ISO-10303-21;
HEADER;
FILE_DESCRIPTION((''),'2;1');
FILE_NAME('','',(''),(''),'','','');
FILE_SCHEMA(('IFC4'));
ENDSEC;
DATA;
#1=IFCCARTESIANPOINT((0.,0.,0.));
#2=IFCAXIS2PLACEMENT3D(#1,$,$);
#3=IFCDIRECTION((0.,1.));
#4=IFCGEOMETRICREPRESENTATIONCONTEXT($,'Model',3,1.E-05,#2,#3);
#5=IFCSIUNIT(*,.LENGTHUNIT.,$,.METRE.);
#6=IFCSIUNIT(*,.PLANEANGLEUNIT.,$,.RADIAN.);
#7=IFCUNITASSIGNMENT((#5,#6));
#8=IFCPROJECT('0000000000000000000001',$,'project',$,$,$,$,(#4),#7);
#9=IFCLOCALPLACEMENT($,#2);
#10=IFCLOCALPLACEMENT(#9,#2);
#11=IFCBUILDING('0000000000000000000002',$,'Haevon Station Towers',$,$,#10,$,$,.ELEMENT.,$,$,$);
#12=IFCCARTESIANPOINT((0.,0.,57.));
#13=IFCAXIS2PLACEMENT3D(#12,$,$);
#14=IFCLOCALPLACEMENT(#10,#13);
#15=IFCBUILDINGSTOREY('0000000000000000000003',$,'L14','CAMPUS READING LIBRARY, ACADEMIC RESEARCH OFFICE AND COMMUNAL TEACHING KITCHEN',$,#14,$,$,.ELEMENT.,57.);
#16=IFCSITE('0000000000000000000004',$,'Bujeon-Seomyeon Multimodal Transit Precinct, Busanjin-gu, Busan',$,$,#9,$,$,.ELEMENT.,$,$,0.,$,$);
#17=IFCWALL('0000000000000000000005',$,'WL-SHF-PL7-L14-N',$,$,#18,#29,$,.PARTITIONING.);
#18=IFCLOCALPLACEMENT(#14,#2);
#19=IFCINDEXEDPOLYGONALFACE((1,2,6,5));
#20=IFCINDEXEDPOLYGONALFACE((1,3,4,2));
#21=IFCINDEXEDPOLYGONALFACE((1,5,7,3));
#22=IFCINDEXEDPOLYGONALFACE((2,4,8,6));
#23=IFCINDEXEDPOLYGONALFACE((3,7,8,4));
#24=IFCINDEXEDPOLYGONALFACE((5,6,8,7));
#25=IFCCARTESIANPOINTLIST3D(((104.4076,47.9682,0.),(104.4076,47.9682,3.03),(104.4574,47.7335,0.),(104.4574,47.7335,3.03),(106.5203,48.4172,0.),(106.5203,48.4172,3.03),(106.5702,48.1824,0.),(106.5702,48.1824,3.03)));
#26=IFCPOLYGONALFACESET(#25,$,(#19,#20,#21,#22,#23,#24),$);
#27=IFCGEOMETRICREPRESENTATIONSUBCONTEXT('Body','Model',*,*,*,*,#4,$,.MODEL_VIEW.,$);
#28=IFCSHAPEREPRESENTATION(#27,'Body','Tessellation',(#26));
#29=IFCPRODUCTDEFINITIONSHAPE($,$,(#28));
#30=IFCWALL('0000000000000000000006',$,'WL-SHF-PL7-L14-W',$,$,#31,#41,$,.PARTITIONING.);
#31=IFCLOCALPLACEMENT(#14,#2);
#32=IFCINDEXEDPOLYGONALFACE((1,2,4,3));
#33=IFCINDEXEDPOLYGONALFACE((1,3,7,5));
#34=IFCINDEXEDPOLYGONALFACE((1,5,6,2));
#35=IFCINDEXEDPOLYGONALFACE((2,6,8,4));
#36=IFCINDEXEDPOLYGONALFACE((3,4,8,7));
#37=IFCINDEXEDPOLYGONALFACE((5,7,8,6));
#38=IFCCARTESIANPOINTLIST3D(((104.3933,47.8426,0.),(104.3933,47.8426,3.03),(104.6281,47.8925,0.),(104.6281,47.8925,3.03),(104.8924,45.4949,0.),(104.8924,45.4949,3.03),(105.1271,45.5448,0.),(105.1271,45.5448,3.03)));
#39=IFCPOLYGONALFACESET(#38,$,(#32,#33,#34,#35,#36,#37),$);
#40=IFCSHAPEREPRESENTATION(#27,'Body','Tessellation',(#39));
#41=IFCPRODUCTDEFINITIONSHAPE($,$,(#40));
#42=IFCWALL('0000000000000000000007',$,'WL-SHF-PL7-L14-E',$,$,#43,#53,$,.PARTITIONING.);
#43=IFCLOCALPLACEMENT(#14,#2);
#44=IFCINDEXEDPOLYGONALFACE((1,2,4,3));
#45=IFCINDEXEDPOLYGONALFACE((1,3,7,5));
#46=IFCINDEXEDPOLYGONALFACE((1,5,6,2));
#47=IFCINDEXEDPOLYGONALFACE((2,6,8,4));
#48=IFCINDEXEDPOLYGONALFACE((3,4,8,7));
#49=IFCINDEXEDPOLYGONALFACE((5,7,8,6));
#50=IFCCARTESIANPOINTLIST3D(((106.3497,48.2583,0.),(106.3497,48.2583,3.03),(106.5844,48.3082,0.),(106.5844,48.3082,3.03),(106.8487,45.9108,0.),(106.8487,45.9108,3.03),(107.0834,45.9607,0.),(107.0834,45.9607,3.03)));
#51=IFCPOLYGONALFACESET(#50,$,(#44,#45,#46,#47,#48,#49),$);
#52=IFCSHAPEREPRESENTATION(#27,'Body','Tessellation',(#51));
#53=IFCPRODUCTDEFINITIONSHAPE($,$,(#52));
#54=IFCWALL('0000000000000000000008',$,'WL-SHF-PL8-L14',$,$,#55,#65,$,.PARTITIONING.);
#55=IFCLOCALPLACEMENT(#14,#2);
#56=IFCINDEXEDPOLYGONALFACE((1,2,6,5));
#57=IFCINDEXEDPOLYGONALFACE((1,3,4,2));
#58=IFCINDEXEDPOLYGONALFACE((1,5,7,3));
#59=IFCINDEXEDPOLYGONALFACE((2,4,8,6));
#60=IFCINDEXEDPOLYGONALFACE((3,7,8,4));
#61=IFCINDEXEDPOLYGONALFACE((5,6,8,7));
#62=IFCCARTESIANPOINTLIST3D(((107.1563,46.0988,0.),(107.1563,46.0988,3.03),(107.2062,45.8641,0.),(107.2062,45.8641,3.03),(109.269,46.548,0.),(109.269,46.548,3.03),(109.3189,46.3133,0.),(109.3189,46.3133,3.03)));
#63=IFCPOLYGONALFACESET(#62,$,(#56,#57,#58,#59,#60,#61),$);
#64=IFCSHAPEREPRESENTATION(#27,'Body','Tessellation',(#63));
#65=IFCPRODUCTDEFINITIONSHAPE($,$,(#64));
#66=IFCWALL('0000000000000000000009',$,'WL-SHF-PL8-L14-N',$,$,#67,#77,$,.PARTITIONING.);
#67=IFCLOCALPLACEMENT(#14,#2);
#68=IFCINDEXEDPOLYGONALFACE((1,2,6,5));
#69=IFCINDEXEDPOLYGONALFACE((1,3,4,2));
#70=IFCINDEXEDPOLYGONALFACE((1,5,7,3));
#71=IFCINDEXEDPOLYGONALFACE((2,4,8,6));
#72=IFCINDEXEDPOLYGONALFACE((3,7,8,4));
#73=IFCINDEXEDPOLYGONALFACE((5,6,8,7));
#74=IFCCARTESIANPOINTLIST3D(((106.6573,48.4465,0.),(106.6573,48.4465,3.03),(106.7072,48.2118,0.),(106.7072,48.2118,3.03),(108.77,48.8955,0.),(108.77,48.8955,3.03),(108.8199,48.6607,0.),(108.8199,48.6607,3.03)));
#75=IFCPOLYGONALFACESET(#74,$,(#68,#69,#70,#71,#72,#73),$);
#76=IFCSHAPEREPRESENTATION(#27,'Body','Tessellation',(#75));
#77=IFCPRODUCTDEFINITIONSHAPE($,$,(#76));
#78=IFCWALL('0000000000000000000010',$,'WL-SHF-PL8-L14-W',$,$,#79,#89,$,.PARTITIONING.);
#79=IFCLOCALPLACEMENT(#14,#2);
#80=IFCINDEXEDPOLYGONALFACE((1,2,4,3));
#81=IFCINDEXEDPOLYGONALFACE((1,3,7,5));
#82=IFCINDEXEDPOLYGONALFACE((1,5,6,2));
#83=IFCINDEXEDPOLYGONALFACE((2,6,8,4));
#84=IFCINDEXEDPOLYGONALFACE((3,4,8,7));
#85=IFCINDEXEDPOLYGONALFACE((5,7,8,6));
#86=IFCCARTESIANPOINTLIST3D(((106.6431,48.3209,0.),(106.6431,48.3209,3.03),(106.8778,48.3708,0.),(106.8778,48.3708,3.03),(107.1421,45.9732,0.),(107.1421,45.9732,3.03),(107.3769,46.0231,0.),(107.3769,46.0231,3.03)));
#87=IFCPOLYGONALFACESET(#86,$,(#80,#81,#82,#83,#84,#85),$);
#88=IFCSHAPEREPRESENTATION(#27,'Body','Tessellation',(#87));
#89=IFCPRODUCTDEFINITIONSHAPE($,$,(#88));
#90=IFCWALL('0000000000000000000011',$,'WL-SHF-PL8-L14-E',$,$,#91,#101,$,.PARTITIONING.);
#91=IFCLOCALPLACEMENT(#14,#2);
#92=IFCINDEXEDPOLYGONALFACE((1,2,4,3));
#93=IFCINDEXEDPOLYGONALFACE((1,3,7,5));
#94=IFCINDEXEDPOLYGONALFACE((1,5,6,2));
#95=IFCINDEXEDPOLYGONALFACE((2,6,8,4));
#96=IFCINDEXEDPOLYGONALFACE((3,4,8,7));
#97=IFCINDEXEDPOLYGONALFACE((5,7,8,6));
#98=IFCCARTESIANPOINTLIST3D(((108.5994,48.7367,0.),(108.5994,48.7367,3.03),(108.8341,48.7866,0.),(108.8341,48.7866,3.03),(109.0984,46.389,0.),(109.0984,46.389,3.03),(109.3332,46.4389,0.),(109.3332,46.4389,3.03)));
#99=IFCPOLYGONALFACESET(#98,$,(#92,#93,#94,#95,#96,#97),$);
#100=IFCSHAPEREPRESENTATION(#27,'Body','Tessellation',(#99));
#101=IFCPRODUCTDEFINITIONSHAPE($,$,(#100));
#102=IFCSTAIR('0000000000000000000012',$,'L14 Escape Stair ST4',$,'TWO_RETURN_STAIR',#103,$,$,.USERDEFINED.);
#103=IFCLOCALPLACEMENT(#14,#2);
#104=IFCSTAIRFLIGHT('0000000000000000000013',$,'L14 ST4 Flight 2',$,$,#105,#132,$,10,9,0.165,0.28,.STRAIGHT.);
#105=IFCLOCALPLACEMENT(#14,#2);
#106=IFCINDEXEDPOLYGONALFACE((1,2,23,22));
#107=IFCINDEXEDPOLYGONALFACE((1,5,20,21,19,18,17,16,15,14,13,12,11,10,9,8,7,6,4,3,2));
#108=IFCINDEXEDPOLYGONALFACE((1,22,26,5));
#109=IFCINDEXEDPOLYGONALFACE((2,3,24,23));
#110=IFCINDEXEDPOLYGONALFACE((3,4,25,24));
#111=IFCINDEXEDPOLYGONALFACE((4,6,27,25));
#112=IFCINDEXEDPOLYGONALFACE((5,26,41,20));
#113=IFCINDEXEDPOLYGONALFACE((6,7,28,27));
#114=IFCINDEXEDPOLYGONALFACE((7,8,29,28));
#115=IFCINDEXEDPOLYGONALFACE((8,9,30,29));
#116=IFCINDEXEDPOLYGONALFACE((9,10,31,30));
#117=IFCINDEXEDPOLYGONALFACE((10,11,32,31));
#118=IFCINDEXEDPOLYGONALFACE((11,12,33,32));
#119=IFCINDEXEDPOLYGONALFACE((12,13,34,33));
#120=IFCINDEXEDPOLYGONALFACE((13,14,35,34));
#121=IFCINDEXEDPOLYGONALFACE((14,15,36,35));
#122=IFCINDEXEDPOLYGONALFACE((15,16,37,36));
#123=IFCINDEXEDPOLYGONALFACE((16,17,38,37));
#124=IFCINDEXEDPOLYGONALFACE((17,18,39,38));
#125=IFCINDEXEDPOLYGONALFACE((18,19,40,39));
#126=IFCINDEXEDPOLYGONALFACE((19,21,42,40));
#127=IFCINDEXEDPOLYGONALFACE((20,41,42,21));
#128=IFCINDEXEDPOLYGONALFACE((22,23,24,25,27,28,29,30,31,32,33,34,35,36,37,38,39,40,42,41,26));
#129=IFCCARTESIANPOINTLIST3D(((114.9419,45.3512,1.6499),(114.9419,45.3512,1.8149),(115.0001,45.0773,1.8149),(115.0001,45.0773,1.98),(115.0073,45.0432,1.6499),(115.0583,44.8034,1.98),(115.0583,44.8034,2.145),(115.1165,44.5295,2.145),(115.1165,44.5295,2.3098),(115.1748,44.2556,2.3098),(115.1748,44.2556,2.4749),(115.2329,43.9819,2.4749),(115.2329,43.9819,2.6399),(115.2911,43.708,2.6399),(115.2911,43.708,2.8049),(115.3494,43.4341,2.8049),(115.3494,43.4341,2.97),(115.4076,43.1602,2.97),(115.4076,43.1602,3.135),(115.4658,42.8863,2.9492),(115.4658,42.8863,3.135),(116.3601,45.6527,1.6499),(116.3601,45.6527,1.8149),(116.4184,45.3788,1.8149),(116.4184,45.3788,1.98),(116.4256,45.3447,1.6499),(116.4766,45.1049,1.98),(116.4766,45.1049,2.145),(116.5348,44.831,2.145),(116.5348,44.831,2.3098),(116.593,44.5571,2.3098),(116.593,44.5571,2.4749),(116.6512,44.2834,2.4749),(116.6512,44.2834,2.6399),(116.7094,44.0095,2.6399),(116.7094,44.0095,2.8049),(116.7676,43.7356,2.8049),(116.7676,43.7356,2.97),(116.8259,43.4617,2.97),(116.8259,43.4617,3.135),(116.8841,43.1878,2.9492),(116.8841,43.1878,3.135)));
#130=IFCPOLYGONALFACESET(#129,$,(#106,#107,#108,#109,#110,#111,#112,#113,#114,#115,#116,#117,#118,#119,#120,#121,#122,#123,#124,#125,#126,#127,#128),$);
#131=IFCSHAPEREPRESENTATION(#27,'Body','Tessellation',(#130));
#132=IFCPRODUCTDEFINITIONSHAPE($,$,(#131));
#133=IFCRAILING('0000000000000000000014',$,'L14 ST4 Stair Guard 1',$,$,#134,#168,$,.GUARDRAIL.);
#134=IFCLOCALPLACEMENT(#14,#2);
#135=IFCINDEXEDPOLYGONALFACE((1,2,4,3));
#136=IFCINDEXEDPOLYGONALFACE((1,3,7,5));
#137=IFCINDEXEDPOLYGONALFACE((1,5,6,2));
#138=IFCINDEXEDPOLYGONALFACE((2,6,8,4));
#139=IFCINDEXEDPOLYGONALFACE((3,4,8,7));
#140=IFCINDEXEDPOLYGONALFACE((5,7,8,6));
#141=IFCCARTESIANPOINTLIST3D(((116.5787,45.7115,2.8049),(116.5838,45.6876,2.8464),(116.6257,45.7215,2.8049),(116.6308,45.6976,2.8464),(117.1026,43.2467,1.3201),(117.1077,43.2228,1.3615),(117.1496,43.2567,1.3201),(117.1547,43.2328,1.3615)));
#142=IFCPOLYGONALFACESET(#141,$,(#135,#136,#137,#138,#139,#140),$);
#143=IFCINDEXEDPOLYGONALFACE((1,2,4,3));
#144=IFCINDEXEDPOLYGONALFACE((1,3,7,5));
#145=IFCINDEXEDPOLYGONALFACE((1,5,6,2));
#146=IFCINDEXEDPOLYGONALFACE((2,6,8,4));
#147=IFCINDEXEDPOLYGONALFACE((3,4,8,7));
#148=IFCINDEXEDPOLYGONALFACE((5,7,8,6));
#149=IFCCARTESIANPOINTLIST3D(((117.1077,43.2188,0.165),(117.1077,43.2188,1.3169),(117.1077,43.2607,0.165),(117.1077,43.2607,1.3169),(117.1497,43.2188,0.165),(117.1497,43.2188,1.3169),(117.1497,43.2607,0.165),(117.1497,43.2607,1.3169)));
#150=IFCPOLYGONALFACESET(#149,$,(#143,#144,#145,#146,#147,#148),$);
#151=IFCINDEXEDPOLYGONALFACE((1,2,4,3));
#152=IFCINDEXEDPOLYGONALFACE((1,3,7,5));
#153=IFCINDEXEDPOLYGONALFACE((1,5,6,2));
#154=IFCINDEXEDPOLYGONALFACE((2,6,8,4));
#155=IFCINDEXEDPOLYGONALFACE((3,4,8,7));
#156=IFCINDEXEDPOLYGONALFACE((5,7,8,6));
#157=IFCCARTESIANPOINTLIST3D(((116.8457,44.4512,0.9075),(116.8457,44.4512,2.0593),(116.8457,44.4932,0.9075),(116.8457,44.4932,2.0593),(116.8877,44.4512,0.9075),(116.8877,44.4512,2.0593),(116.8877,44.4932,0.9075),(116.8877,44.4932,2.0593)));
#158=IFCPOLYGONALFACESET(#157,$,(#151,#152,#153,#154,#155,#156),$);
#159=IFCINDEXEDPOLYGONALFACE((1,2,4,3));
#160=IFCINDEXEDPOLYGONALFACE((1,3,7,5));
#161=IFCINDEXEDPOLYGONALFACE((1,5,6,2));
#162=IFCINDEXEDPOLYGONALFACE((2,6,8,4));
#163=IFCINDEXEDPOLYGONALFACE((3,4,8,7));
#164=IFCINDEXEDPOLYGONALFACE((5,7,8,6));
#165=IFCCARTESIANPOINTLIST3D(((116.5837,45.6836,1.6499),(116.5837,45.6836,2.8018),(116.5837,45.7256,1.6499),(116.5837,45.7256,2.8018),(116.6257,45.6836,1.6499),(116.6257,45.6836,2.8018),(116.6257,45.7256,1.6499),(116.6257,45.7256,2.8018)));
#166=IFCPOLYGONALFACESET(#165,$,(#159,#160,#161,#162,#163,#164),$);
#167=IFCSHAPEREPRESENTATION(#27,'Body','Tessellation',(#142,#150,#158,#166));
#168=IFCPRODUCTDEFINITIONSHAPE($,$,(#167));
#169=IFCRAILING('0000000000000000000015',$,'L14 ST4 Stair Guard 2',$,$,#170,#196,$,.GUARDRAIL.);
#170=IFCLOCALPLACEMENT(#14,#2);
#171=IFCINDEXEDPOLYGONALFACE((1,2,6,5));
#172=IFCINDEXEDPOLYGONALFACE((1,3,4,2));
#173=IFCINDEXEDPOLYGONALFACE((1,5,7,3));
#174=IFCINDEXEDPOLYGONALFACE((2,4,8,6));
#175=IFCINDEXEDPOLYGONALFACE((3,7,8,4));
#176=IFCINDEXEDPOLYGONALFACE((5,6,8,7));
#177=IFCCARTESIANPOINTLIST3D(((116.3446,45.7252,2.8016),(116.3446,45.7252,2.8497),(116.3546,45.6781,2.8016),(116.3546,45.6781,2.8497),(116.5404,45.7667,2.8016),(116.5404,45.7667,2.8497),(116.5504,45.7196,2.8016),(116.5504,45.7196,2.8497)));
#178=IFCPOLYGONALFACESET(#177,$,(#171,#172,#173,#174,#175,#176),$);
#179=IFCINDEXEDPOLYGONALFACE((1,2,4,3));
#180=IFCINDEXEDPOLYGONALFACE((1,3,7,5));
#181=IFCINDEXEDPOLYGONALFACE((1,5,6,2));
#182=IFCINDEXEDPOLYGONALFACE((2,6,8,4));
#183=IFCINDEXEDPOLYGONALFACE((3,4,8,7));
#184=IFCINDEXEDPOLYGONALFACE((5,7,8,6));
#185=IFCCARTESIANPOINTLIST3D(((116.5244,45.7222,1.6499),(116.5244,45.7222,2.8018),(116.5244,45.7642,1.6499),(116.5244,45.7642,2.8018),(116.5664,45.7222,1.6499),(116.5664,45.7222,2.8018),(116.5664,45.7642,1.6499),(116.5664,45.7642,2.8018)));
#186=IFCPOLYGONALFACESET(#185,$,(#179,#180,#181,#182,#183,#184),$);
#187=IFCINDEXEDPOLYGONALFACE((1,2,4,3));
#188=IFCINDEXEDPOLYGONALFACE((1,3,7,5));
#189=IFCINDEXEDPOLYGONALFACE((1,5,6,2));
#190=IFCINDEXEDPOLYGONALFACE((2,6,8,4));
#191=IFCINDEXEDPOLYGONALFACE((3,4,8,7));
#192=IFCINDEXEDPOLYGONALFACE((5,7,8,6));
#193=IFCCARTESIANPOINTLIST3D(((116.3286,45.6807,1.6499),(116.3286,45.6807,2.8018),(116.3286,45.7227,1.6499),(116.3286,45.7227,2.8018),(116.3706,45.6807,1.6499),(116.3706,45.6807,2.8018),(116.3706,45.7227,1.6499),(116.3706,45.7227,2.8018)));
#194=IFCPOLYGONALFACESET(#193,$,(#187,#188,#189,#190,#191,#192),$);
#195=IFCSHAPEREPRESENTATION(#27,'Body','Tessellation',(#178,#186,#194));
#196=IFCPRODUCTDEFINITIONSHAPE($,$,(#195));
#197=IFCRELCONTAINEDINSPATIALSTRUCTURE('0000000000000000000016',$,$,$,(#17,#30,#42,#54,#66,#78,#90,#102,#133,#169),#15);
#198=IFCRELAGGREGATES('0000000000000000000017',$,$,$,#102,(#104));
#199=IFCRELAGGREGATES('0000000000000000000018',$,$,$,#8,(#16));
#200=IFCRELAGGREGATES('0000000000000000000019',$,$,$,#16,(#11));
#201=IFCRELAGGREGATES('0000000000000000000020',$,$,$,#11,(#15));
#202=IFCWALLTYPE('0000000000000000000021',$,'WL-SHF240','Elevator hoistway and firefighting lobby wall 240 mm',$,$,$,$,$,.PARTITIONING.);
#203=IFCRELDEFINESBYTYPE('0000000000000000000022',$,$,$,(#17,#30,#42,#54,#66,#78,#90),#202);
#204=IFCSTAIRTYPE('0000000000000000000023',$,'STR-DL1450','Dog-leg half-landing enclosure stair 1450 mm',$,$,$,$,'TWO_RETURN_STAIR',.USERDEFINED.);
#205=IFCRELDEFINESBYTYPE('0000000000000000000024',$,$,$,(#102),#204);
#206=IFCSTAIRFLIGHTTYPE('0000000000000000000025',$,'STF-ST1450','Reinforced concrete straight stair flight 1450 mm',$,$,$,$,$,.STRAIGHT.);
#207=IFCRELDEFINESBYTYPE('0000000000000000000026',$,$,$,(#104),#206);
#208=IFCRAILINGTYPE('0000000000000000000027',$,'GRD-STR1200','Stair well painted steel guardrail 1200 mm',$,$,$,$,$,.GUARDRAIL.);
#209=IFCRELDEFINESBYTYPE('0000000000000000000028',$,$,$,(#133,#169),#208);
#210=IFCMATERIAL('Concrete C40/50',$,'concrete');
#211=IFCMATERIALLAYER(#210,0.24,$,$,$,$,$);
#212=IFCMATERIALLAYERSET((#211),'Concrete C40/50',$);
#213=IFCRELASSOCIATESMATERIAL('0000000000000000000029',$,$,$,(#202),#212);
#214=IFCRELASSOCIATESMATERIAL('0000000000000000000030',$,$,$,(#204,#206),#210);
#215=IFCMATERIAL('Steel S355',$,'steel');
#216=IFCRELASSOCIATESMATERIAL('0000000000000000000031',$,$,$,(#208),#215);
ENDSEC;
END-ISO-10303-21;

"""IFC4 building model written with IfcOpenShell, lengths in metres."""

from ifc_helpers import new_model, si_unit, direction, frame, frame_2d, origin, origin_2d, place, context, subcontext, project, spatial, polyline, rectangle, outline, extrude, material, layer, layer_set, type_object, element, aggregate, save


model = new_model("IFC4")

# Units and contexts
model_context = context("Model", 3, precision=1e-05, world=origin(), true_north=direction((0.0, 1.0)))
body_context = subcontext(model_context, "Body", "Model", "MODEL_VIEW")
ifc_project = project(units=[si_unit("LENGTHUNIT", "METRE"), si_unit("PLANEANGLEUNIT", "RADIAN")], contexts=[model_context])

# Site, building, storey
site_placement = place(None, origin())
site = spatial("IfcSite", under=ifc_project, at=site_placement, Name="Bujeon-Seomyeon Multimodal Transit Precinct, Busanjin-gu, Busan", CompositionType="ELEMENT", RefElevation=0.0)
building_placement = place(site_placement, origin())
building = spatial("IfcBuilding", under=site, at=building_placement, Name="Haevon Station Towers", CompositionType="ELEMENT")
storey_placement = place(building_placement, frame((0.0, 0.0, 57.0)))
storey = spatial("IfcBuildingStorey", under=building, at=storey_placement, Name="L14", Description="CAMPUS READING LIBRARY, ACADEMIC RESEARCH OFFICE AND COMMUNAL TEACHING KITCHEN", CompositionType="ELEMENT", Elevation=57.0)

# Shared definitions
ifc_material_1 = material(Name="Concrete C40/50", Category="concrete")
ifc_layer_1 = layer(ifc_material_1, 0.24)
ifc_layer_set_1 = layer_set([ifc_layer_1], Name="Concrete C40/50")
wall_type_1 = type_object("IfcWallType", Name="WL-SHF240", Description="Elevator hoistway and firefighting lobby wall 240 mm", PredefinedType="PARTITIONING", material=ifc_layer_set_1)

# Walls
wall_1_placement = place(storey_placement, frame((104.4324, 47.8508, 0.0), z_axis=(0.0, 0.0, 1.0), x_axis=(0.978158, 0.207861, 0.0)))
element("IfcWall", 1, at=wall_1_placement, inside=storey, type_object=wall_type_1, Name="WL-SHF-PL7-L14-N", PredefinedType="PARTITIONING", context=body_context, shape_type="SweptSolid", body=[
    extrude(rectangle(XDim=2.1599, YDim=0.24, at=frame_2d((1.0801, 0.0))), origin(), (0.0, 0.0, 1.0), 3.03),
])
wall_2_placement = place(storey_placement, frame((105.0098, 45.5198, 0.0), z_axis=(0.0, 0.0, 1.0), x_axis=(-0.207917, 0.978146, 0.0)))
element("IfcWall", 2, at=wall_2_placement, inside=storey, type_object=wall_type_1, Name="WL-SHF-PL7-L14-W", PredefinedType="PARTITIONING", context=body_context, shape_type="SweptSolid", body=[
    extrude(rectangle(XDim=2.4001, YDim=0.24, at=frame_2d((1.2002, 0.0))), origin(), (0.0, 0.0, 1.0), 3.03),
])
wall_3_placement = place(storey_placement, frame((106.9661, 45.9358, 0.0), z_axis=(0.0, 0.0, 1.0), x_axis=(-0.207938, 0.978142, 0.0)))
element("IfcWall", 3, at=wall_3_placement, inside=storey, type_object=wall_type_1, Name="WL-SHF-PL7-L14-E", PredefinedType="PARTITIONING", context=body_context, shape_type="SweptSolid", body=[
    extrude(rectangle(XDim=2.3999, YDim=0.24, at=frame_2d((1.2, 0.0))), origin(), (0.0, 0.0, 1.0), 3.03),
])
for number, where, z_axis, x_axis, name in (
    (4, (107.1812, 45.9814, 0.0), (0.0, 0.0, 1.0), (0.978135, 0.20797, 0.0), "WL-SHF-PL8-L14"),
    (5, (106.6821, 48.3291, 0.0), (0.0, 0.0, 1.0), (0.978158, 0.207861, 0.0), "WL-SHF-PL8-L14-N"),
):
    element("IfcWall", number, at=place(storey_placement, frame(where, z_axis=z_axis, x_axis=x_axis)), inside=storey, type_object=wall_type_1, Name=name, PredefinedType="PARTITIONING", context=body_context, shape_type="SweptSolid", body=[
        extrude(rectangle(XDim=2.1599, YDim=0.24, at=frame_2d((1.0801, 0.0))), origin(), (0.0, 0.0, 1.0), 3.03),
    ])
for number, where, z_axis, x_axis, name in (
    (6, (107.2595, 45.998, 0.0), (0.0, 0.0, 1.0), (-0.207917, 0.978146, 0.0), "WL-SHF-PL8-L14-W"),
    (7, (109.2158, 46.4138, 0.0), (0.0, 0.0, 1.0), (-0.207917, 0.978146, 0.0), "WL-SHF-PL8-L14-E"),
):
    element("IfcWall", number, at=place(storey_placement, frame(where, z_axis=z_axis, x_axis=x_axis)), inside=storey, type_object=wall_type_1, Name=name, PredefinedType="PARTITIONING", context=body_context, shape_type="SweptSolid", body=[
        extrude(rectangle(XDim=2.4001, YDim=0.24, at=frame_2d((1.2002, 0.0))), origin(), (0.0, 0.0, 1.0), 3.03),
    ])

# Stair, stair flight
stair_type = type_object("IfcStairType", Name="STR-DL1450", Description="Dog-leg half-landing enclosure stair 1450 mm", ElementType="TWO_RETURN_STAIR", PredefinedType="USERDEFINED", material=ifc_material_1)
stair_placement = place(storey_placement, origin())
stair = element("IfcStair", 8, at=stair_placement, inside=storey, type_object=stair_type, Name="L14 Escape Stair ST4", ObjectType="TWO_RETURN_STAIR", PredefinedType="USERDEFINED")
stair_flight_type = type_object("IfcStairFlightType", Name="STF-ST1450", Description="Reinforced concrete straight stair flight 1450 mm", PredefinedType="STRAIGHT", material=ifc_material_1)
stair_flight_placement = place(storey_placement, frame((115.6509, 45.502, 1.6499), z_axis=(0.0, 0.0, 1.0), x_axis=(0.207912, -0.978148, 0.0)))
stair_flight = element("IfcStairFlight", 9, at=stair_flight_placement, type_object=stair_flight_type, Name="L14 ST4 Flight 2", NumberOfRisers=10, NumberOfTreads=9, PredefinedType="STRAIGHT", RiserHeight=0.165, TreadLength=0.28, context=body_context, shape_type="SweptSolid", body=[
    extrude(outline(polyline([(0.0, 0.0), (0.0, 0.165), (0.28, 0.165), (0.28, 0.3301), (0.5601, 0.3301), (0.5601, 0.4951), (0.8401, 0.4951), (0.8401, 0.6599), (1.1201, 0.6599), (1.1201, 0.825), (1.3999, 0.825), (1.3999, 0.99), (1.6799, 0.99), (1.6799, 1.155), (1.96, 1.155), (1.96, 1.3201), (2.24, 1.3201), (2.24, 1.4851), (2.52, 1.4851), (2.52, 1.6499), (2.52, 1.2993), (0.3149, 0.0), (0.0, 0.0)])), frame((0.0, 0.7251, 0.0), z_axis=(0.0, -1.0, 0.0), x_axis=(1.0, 0.0, 0.0)), (0.0, 0.0, 1.0), 1.45),
])
aggregate(stair, [stair_flight])

# Railings
ifc_material_2 = material(Name="Steel S355", Category="steel")
railing_type_1 = type_object("IfcRailingType", Name="GRD-STR1200", Description="Stair well painted steel guardrail 1200 mm", PredefinedType="GUARDRAIL", material=ifc_material_2)
railing_1_placement = place(storey_placement, frame((117.1287, 43.2397, 0.165)))
element("IfcRailing", 10, at=railing_1_placement, inside=storey, type_object=railing_type_1, Name="L14 ST4 Stair Guard 1", PredefinedType="GUARDRAIL", context=body_context, shape_type="SweptSolid", body=[
    extrude(rectangle(XDim=0.0481, YDim=0.0481, at=origin_2d()), frame((0.0, 0.0, 1.1758), z_axis=(-0.179129, 0.842724, 0.507671), x_axis=(-0.978147, -0.207914, 0.0)), (0.0, 0.0, 1.0), 2.9248),
    extrude(rectangle(XDim=0.042, YDim=0.042, at=origin_2d()), origin(), (0.0, 0.0, 1.0), 1.1519),
    extrude(rectangle(XDim=0.042, YDim=0.042, at=origin_2d()), frame((-0.262, 1.2324, 0.7424)), (0.0, 0.0, 1.0), 1.1519),
    extrude(rectangle(XDim=0.042, YDim=0.042, at=origin_2d()), frame((-0.5239, 2.4648, 1.4849)), (0.0, 0.0, 1.0), 1.1519),
])
railing_2_placement = place(storey_placement, frame((116.5454, 45.7432, 1.6499)))
element("IfcRailing", 11, at=railing_2_placement, inside=storey, type_object=railing_type_1, Name="L14 ST4 Stair Guard 2", PredefinedType="GUARDRAIL", context=body_context, shape_type="SweptSolid", body=[
    extrude(rectangle(XDim=0.0481, YDim=0.0481, at=origin_2d()), frame((0.0, 0.0, 1.1758), z_axis=(-0.978264, -0.207363, 0.0), x_axis=(0.207363, -0.978264, 0.0)), (0.0, 0.0, 1.0), 0.2002),
    extrude(rectangle(XDim=0.042, YDim=0.042, at=origin_2d()), origin(), (0.0, 0.0, 1.0), 1.1519),
    extrude(rectangle(XDim=0.042, YDim=0.042, at=origin_2d()), frame((-0.1958, -0.0415, 0.0)), (0.0, 0.0, 1.0), 1.1519),
])

save(model, "model.ifc")
